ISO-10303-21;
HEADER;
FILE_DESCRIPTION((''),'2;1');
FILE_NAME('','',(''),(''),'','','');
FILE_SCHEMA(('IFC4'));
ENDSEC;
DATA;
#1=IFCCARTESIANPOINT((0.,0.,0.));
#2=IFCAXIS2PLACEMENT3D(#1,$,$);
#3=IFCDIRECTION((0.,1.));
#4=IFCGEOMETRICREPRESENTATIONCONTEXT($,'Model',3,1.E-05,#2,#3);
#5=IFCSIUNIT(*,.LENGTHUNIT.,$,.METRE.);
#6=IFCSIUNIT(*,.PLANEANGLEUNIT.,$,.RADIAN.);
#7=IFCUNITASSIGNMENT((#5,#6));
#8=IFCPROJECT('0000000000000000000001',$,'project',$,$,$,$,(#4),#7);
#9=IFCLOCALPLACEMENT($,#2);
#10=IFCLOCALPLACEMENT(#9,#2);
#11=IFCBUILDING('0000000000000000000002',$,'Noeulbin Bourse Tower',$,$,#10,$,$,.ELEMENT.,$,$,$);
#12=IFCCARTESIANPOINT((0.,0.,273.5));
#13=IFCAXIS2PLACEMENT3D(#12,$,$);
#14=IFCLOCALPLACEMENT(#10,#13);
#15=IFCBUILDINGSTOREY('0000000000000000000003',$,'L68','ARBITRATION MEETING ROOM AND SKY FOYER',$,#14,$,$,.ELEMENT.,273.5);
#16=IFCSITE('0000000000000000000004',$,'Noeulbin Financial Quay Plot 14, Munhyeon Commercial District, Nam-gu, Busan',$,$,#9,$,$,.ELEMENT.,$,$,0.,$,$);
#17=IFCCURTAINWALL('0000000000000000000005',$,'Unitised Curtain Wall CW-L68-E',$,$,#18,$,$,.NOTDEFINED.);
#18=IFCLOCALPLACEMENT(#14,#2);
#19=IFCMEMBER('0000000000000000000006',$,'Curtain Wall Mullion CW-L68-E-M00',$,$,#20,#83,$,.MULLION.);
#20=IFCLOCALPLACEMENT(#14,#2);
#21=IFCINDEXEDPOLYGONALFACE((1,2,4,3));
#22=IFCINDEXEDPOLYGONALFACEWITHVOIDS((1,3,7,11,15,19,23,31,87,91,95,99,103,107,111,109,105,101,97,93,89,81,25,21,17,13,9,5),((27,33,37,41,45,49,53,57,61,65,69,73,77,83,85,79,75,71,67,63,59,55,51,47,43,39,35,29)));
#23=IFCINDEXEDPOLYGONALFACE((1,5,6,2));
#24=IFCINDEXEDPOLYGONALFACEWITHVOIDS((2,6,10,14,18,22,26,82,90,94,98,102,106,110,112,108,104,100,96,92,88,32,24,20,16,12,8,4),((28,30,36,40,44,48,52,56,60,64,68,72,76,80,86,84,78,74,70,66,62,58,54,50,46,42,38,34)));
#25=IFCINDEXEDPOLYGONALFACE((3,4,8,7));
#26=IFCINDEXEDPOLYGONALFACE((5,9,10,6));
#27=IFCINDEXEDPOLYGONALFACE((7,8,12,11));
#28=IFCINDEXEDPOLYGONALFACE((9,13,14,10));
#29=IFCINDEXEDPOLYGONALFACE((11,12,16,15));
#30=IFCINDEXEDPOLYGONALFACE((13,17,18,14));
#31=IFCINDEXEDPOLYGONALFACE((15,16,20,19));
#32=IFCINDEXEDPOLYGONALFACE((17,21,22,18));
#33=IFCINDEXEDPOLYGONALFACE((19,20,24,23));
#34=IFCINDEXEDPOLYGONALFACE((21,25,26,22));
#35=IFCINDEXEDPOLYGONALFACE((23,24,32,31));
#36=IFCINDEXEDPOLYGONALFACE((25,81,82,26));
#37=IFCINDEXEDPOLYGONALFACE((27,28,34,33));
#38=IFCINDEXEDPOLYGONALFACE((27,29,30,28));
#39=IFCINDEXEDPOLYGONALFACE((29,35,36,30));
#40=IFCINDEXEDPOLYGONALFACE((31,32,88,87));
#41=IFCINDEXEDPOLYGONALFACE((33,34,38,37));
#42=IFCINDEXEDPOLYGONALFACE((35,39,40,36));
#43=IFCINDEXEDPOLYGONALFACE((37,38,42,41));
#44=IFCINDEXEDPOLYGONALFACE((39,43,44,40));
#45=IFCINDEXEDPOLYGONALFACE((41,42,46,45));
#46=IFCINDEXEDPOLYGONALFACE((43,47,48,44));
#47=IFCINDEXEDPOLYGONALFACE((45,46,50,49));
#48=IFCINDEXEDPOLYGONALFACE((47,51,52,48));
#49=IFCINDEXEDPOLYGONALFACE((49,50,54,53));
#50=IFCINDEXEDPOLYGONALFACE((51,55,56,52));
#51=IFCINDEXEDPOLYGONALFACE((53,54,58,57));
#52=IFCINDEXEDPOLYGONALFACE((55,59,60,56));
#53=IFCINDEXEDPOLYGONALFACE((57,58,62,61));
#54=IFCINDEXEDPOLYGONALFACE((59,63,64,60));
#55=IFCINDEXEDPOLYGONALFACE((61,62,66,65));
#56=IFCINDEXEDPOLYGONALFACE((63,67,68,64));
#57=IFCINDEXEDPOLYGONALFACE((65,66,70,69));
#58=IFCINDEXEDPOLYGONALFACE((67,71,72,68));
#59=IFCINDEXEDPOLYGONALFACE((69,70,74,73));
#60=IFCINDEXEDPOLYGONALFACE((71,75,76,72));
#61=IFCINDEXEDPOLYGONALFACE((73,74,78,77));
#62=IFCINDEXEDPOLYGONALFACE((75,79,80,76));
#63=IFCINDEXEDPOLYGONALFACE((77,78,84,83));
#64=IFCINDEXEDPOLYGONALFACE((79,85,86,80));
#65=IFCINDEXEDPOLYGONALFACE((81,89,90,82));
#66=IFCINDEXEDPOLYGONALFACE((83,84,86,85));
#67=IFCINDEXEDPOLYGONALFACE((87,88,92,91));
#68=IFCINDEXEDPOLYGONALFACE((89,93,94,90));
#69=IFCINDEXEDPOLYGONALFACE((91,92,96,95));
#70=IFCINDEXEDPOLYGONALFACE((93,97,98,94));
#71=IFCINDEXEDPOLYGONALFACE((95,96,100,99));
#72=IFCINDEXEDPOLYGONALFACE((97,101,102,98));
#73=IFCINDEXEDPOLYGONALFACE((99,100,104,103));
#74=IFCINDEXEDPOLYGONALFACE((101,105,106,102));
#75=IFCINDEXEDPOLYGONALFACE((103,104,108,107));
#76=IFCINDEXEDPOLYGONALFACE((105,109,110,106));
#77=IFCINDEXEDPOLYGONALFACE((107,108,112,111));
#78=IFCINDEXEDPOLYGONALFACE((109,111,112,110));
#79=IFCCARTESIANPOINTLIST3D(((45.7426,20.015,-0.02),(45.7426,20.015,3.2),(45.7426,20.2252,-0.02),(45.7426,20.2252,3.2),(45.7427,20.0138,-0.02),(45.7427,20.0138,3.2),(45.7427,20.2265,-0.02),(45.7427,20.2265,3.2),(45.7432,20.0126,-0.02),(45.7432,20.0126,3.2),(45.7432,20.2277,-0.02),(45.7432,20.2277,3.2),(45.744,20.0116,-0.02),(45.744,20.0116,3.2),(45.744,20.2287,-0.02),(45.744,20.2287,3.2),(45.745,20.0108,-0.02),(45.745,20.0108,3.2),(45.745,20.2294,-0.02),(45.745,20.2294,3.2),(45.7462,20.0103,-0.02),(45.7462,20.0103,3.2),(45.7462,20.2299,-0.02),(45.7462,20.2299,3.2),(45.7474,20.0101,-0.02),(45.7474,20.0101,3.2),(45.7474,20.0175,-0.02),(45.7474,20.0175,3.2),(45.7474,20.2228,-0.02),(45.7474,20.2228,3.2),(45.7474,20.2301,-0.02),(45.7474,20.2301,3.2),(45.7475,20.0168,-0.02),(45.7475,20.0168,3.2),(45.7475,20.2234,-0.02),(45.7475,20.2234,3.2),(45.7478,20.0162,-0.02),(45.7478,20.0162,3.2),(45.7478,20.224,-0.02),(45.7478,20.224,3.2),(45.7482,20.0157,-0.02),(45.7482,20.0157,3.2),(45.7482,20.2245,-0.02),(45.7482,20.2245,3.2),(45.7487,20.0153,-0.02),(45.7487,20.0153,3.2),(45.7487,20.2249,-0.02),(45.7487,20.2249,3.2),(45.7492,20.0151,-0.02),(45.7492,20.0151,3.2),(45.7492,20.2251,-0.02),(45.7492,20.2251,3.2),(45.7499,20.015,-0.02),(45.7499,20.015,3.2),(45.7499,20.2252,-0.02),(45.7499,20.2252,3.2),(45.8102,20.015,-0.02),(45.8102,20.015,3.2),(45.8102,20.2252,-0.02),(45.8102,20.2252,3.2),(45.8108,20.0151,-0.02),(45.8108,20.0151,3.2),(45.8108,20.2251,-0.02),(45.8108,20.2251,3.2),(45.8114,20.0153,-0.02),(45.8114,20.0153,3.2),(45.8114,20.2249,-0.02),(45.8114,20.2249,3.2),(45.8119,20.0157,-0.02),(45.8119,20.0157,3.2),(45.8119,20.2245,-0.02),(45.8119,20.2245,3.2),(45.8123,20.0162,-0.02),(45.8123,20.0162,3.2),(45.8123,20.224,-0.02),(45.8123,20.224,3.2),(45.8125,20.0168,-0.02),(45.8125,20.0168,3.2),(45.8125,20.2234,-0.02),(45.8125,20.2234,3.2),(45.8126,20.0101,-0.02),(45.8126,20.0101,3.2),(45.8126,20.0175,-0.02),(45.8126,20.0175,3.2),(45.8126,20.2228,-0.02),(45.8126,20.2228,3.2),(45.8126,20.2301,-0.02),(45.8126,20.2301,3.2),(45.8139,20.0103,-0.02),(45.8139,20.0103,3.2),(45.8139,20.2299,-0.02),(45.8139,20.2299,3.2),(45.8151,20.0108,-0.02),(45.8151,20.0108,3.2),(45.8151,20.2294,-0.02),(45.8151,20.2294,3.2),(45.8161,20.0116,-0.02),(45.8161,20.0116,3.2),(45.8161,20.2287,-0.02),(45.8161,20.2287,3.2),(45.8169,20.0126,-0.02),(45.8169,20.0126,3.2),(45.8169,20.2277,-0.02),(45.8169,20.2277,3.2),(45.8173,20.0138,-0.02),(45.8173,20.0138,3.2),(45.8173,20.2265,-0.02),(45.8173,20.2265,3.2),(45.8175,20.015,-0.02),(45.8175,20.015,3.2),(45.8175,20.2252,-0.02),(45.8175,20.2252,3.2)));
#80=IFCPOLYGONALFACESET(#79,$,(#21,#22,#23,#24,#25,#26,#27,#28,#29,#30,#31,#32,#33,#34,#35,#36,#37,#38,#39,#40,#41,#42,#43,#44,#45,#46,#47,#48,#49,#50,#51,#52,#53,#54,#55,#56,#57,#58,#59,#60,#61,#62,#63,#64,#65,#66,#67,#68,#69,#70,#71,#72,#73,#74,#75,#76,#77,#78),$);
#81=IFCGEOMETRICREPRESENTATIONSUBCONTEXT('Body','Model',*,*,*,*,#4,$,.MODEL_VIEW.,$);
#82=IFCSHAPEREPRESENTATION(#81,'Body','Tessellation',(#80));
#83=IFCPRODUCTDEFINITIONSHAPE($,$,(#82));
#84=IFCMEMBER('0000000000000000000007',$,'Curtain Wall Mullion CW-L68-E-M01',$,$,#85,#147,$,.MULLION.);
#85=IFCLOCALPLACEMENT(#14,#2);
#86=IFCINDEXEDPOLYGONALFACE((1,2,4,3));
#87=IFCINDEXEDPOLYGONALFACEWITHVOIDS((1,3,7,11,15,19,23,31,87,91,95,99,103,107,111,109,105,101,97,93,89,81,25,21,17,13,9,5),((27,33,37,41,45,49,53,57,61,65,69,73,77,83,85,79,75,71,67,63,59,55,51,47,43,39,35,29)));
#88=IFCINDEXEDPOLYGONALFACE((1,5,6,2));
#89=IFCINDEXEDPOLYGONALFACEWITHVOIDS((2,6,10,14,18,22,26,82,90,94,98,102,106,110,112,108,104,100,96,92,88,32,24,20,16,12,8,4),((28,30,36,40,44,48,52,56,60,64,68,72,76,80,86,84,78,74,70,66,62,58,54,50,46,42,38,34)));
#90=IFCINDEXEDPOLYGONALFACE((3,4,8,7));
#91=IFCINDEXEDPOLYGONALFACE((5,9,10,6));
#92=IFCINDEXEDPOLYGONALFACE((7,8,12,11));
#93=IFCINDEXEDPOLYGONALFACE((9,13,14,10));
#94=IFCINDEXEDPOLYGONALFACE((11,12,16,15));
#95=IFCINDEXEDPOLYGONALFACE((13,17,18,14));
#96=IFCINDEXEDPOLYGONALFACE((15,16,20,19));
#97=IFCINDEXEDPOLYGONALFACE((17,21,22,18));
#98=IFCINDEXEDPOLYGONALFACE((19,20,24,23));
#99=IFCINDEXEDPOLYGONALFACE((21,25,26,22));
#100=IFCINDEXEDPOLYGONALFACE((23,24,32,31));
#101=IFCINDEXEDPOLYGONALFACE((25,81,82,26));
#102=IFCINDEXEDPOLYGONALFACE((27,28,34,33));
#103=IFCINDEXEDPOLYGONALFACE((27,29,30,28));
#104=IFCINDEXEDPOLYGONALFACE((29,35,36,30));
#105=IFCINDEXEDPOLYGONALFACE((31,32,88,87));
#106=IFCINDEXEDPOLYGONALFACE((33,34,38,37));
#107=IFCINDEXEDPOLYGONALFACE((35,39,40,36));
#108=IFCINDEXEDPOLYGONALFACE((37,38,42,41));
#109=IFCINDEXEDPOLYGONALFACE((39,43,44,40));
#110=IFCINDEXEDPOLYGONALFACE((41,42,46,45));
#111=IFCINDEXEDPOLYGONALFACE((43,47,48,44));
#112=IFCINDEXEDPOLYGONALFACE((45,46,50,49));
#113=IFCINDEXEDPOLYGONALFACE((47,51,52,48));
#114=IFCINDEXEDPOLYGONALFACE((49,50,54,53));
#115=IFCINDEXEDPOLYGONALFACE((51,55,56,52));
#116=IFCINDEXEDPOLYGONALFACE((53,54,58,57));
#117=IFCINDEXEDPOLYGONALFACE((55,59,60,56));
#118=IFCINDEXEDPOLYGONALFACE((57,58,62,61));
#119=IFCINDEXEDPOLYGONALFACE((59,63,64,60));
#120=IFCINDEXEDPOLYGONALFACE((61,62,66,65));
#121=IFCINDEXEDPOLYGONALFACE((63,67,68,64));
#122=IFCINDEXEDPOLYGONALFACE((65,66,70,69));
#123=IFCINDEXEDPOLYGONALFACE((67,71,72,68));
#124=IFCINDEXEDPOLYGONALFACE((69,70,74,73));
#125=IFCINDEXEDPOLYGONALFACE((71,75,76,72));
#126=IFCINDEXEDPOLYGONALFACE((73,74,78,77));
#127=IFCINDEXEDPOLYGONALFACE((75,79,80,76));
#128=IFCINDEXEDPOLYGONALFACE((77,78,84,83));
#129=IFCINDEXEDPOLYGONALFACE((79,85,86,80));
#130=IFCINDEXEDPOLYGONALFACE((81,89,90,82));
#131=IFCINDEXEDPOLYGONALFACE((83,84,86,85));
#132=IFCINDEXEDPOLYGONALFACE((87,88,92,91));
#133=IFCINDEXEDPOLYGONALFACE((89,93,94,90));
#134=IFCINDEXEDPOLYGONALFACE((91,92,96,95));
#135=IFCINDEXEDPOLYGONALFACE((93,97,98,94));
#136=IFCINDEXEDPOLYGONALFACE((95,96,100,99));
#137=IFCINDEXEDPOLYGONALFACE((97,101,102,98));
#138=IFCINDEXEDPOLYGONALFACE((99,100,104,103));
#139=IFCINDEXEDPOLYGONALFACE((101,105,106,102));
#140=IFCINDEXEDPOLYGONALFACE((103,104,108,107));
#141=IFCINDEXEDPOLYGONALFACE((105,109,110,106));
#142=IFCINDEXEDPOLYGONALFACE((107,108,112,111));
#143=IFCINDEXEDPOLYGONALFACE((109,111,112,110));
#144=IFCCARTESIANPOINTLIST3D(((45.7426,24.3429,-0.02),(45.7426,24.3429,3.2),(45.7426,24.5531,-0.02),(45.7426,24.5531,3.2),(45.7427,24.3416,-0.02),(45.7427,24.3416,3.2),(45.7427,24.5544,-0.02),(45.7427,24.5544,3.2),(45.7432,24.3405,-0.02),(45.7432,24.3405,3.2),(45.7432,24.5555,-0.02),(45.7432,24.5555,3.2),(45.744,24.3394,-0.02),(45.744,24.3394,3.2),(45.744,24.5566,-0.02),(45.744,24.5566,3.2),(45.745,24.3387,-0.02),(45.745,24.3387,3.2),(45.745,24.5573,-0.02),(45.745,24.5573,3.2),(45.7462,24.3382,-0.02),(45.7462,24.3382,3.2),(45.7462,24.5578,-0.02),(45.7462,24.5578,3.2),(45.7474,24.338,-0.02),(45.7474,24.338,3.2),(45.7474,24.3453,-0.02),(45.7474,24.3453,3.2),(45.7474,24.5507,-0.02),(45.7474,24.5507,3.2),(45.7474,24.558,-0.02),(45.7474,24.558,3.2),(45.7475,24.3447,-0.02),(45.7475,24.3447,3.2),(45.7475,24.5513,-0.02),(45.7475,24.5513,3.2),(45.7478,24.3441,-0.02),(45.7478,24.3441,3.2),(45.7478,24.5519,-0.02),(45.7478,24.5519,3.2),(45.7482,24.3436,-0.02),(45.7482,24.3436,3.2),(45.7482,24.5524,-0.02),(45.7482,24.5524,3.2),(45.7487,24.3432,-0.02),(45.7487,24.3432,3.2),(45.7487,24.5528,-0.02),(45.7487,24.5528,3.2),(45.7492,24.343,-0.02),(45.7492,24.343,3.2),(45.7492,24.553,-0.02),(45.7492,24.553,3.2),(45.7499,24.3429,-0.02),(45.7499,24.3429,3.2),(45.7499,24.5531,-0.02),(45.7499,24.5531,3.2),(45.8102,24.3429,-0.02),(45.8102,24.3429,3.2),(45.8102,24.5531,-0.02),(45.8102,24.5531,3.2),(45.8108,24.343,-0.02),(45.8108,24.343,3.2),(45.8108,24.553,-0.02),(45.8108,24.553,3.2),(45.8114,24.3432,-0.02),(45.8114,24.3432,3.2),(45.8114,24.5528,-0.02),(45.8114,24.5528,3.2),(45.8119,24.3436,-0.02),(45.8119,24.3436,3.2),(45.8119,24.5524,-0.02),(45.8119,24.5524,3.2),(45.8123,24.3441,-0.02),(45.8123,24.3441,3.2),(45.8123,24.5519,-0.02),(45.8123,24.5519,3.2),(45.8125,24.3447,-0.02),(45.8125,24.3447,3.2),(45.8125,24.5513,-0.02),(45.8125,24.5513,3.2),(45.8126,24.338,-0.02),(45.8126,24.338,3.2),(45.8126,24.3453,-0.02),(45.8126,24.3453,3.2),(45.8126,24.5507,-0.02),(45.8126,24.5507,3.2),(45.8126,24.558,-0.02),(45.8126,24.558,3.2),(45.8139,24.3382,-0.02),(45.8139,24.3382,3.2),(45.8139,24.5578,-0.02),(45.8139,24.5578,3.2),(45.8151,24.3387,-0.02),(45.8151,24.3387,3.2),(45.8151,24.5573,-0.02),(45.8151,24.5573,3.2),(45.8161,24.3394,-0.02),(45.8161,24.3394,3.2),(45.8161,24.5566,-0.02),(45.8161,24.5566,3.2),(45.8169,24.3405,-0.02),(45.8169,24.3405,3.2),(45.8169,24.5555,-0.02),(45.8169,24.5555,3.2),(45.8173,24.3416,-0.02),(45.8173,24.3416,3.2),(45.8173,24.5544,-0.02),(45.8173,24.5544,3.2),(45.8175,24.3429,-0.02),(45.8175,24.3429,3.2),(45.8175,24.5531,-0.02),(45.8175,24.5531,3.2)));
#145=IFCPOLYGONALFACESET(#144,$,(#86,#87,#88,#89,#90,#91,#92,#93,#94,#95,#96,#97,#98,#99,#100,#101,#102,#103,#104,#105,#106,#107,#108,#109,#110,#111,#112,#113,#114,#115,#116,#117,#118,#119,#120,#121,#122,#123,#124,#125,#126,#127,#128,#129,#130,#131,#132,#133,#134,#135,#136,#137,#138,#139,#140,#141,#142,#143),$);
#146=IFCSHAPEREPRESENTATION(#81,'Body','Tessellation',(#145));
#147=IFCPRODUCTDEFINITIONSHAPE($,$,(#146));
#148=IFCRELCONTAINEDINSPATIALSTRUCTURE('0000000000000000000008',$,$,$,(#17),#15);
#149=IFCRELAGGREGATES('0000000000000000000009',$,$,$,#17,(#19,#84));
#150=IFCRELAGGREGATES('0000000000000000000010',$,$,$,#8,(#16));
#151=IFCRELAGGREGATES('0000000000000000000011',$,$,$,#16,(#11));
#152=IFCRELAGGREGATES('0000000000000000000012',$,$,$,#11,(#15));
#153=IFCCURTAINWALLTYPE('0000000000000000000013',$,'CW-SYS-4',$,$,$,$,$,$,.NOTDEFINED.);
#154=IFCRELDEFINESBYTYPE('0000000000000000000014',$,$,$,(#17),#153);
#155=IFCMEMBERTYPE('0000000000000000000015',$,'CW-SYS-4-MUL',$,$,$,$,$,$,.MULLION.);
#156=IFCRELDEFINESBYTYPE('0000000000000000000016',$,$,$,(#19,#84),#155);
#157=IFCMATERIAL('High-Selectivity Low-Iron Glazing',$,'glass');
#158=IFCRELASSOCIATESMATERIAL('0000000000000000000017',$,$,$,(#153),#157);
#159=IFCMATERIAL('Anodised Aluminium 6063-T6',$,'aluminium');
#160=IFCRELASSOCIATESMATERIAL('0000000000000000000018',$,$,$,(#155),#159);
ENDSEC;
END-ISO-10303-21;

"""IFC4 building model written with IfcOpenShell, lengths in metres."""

from ifc_helpers import new_model, si_unit, direction, frame, origin, origin_2d, place, context, subcontext, project, spatial, hollow_rectangle, extrude, material, material_profile, profile_set, type_object, element, aggregate, save


model = new_model("IFC4")

# Units and contexts
model_context = context("Model", 3, precision=1e-05, world=origin(), true_north=direction((0.0, 1.0)))
body_context = subcontext(model_context, "Body", "Model", "MODEL_VIEW")
ifc_project = project(units=[si_unit("LENGTHUNIT", "METRE"), si_unit("PLANEANGLEUNIT", "RADIAN")], contexts=[model_context])

# Site, building, storey
site_placement = place(None, origin())
site = spatial("IfcSite", under=ifc_project, at=site_placement, Name="Noeulbin Financial Quay Plot 14, Munhyeon Commercial District, Nam-gu, Busan", CompositionType="ELEMENT", RefElevation=0.0)
building_placement = place(site_placement, origin())
building = spatial("IfcBuilding", under=site, at=building_placement, Name="Noeulbin Bourse Tower", CompositionType="ELEMENT")
storey_placement = place(building_placement, frame((0.0, 0.0, 273.5)))
storey = spatial("IfcBuildingStorey", under=building, at=storey_placement, Name="L68", Description="ARBITRATION MEETING ROOM AND SKY FOYER", CompositionType="ELEMENT", Elevation=273.5)

# Shared definitions
ifc_material_1 = material(Name="High-Selectivity Low-Iron Glazing", Category="glass")
curtain_wall_type = type_object("IfcCurtainWallType", Name="CW-SYS-4", PredefinedType="NOTDEFINED", material=ifc_material_1)
ifc_material_2 = material(Name="Anodised Aluminium 6063-T6", Category="aluminium")
ifc_material_profile_1 = material_profile(ifc_material_2, hollow_rectangle(XDim=0.075, YDim=0.22, WallThickness=0.0049, InnerFilletRadius=0.0024, OuterFilletRadius=0.0049, at=origin_2d()), Name="ALU-MULL-75x220x5", Category="LoadBearing")
ifc_profile_set_1 = profile_set([ifc_material_profile_1], Name="Anodised Aluminium 6063-T6")
member_type_1 = type_object("IfcMemberType", Name="CW-SYS-4-MUL", PredefinedType="MULLION", material=ifc_profile_set_1)

# Curtain wall, members
curtain_wall_1_placement = place(storey_placement, origin())
curtain_wall_1 = element("IfcCurtainWall", 1, at=curtain_wall_1_placement, inside=storey, type_object=curtain_wall_type, Name="Unitised Curtain Wall CW-L68-E", PredefinedType="NOTDEFINED")
member_1_placement = place(storey_placement, frame((45.78, 20.1201, -0.02), z_axis=(0.0, 0.0, 1.0), x_axis=(1.0, 0.0, 0.0)))
member_1 = element("IfcMember", 2, at=member_1_placement, type_object=member_type_1, Name="Curtain Wall Mullion CW-L68-E-M00", PredefinedType="MULLION", context=body_context, shape_type="SweptSolid", body=[
    extrude(hollow_rectangle(XDim=0.075, YDim=0.22, WallThickness=0.0049, InnerFilletRadius=0.0024, OuterFilletRadius=0.0049, at=origin_2d()), origin(), (0.0, 0.0, 1.0), 3.22),
])
member_2_placement = place(storey_placement, frame((45.78, 24.448, -0.02), z_axis=(0.0, 0.0, 1.0), x_axis=(1.0, 0.0, 0.0)))
member_2 = element("IfcMember", 3, at=member_2_placement, type_object=member_type_1, Name="Curtain Wall Mullion CW-L68-E-M01", PredefinedType="MULLION", context=body_context, shape_type="SweptSolid", body=[
    extrude(hollow_rectangle(XDim=0.075, YDim=0.22, WallThickness=0.0049, InnerFilletRadius=0.0024, OuterFilletRadius=0.0049, at=origin_2d()), origin(), (0.0, 0.0, 1.0), 3.22),
])

aggregate(curtain_wall_1, [member_1, member_2])

save(model, "model.ifc")
